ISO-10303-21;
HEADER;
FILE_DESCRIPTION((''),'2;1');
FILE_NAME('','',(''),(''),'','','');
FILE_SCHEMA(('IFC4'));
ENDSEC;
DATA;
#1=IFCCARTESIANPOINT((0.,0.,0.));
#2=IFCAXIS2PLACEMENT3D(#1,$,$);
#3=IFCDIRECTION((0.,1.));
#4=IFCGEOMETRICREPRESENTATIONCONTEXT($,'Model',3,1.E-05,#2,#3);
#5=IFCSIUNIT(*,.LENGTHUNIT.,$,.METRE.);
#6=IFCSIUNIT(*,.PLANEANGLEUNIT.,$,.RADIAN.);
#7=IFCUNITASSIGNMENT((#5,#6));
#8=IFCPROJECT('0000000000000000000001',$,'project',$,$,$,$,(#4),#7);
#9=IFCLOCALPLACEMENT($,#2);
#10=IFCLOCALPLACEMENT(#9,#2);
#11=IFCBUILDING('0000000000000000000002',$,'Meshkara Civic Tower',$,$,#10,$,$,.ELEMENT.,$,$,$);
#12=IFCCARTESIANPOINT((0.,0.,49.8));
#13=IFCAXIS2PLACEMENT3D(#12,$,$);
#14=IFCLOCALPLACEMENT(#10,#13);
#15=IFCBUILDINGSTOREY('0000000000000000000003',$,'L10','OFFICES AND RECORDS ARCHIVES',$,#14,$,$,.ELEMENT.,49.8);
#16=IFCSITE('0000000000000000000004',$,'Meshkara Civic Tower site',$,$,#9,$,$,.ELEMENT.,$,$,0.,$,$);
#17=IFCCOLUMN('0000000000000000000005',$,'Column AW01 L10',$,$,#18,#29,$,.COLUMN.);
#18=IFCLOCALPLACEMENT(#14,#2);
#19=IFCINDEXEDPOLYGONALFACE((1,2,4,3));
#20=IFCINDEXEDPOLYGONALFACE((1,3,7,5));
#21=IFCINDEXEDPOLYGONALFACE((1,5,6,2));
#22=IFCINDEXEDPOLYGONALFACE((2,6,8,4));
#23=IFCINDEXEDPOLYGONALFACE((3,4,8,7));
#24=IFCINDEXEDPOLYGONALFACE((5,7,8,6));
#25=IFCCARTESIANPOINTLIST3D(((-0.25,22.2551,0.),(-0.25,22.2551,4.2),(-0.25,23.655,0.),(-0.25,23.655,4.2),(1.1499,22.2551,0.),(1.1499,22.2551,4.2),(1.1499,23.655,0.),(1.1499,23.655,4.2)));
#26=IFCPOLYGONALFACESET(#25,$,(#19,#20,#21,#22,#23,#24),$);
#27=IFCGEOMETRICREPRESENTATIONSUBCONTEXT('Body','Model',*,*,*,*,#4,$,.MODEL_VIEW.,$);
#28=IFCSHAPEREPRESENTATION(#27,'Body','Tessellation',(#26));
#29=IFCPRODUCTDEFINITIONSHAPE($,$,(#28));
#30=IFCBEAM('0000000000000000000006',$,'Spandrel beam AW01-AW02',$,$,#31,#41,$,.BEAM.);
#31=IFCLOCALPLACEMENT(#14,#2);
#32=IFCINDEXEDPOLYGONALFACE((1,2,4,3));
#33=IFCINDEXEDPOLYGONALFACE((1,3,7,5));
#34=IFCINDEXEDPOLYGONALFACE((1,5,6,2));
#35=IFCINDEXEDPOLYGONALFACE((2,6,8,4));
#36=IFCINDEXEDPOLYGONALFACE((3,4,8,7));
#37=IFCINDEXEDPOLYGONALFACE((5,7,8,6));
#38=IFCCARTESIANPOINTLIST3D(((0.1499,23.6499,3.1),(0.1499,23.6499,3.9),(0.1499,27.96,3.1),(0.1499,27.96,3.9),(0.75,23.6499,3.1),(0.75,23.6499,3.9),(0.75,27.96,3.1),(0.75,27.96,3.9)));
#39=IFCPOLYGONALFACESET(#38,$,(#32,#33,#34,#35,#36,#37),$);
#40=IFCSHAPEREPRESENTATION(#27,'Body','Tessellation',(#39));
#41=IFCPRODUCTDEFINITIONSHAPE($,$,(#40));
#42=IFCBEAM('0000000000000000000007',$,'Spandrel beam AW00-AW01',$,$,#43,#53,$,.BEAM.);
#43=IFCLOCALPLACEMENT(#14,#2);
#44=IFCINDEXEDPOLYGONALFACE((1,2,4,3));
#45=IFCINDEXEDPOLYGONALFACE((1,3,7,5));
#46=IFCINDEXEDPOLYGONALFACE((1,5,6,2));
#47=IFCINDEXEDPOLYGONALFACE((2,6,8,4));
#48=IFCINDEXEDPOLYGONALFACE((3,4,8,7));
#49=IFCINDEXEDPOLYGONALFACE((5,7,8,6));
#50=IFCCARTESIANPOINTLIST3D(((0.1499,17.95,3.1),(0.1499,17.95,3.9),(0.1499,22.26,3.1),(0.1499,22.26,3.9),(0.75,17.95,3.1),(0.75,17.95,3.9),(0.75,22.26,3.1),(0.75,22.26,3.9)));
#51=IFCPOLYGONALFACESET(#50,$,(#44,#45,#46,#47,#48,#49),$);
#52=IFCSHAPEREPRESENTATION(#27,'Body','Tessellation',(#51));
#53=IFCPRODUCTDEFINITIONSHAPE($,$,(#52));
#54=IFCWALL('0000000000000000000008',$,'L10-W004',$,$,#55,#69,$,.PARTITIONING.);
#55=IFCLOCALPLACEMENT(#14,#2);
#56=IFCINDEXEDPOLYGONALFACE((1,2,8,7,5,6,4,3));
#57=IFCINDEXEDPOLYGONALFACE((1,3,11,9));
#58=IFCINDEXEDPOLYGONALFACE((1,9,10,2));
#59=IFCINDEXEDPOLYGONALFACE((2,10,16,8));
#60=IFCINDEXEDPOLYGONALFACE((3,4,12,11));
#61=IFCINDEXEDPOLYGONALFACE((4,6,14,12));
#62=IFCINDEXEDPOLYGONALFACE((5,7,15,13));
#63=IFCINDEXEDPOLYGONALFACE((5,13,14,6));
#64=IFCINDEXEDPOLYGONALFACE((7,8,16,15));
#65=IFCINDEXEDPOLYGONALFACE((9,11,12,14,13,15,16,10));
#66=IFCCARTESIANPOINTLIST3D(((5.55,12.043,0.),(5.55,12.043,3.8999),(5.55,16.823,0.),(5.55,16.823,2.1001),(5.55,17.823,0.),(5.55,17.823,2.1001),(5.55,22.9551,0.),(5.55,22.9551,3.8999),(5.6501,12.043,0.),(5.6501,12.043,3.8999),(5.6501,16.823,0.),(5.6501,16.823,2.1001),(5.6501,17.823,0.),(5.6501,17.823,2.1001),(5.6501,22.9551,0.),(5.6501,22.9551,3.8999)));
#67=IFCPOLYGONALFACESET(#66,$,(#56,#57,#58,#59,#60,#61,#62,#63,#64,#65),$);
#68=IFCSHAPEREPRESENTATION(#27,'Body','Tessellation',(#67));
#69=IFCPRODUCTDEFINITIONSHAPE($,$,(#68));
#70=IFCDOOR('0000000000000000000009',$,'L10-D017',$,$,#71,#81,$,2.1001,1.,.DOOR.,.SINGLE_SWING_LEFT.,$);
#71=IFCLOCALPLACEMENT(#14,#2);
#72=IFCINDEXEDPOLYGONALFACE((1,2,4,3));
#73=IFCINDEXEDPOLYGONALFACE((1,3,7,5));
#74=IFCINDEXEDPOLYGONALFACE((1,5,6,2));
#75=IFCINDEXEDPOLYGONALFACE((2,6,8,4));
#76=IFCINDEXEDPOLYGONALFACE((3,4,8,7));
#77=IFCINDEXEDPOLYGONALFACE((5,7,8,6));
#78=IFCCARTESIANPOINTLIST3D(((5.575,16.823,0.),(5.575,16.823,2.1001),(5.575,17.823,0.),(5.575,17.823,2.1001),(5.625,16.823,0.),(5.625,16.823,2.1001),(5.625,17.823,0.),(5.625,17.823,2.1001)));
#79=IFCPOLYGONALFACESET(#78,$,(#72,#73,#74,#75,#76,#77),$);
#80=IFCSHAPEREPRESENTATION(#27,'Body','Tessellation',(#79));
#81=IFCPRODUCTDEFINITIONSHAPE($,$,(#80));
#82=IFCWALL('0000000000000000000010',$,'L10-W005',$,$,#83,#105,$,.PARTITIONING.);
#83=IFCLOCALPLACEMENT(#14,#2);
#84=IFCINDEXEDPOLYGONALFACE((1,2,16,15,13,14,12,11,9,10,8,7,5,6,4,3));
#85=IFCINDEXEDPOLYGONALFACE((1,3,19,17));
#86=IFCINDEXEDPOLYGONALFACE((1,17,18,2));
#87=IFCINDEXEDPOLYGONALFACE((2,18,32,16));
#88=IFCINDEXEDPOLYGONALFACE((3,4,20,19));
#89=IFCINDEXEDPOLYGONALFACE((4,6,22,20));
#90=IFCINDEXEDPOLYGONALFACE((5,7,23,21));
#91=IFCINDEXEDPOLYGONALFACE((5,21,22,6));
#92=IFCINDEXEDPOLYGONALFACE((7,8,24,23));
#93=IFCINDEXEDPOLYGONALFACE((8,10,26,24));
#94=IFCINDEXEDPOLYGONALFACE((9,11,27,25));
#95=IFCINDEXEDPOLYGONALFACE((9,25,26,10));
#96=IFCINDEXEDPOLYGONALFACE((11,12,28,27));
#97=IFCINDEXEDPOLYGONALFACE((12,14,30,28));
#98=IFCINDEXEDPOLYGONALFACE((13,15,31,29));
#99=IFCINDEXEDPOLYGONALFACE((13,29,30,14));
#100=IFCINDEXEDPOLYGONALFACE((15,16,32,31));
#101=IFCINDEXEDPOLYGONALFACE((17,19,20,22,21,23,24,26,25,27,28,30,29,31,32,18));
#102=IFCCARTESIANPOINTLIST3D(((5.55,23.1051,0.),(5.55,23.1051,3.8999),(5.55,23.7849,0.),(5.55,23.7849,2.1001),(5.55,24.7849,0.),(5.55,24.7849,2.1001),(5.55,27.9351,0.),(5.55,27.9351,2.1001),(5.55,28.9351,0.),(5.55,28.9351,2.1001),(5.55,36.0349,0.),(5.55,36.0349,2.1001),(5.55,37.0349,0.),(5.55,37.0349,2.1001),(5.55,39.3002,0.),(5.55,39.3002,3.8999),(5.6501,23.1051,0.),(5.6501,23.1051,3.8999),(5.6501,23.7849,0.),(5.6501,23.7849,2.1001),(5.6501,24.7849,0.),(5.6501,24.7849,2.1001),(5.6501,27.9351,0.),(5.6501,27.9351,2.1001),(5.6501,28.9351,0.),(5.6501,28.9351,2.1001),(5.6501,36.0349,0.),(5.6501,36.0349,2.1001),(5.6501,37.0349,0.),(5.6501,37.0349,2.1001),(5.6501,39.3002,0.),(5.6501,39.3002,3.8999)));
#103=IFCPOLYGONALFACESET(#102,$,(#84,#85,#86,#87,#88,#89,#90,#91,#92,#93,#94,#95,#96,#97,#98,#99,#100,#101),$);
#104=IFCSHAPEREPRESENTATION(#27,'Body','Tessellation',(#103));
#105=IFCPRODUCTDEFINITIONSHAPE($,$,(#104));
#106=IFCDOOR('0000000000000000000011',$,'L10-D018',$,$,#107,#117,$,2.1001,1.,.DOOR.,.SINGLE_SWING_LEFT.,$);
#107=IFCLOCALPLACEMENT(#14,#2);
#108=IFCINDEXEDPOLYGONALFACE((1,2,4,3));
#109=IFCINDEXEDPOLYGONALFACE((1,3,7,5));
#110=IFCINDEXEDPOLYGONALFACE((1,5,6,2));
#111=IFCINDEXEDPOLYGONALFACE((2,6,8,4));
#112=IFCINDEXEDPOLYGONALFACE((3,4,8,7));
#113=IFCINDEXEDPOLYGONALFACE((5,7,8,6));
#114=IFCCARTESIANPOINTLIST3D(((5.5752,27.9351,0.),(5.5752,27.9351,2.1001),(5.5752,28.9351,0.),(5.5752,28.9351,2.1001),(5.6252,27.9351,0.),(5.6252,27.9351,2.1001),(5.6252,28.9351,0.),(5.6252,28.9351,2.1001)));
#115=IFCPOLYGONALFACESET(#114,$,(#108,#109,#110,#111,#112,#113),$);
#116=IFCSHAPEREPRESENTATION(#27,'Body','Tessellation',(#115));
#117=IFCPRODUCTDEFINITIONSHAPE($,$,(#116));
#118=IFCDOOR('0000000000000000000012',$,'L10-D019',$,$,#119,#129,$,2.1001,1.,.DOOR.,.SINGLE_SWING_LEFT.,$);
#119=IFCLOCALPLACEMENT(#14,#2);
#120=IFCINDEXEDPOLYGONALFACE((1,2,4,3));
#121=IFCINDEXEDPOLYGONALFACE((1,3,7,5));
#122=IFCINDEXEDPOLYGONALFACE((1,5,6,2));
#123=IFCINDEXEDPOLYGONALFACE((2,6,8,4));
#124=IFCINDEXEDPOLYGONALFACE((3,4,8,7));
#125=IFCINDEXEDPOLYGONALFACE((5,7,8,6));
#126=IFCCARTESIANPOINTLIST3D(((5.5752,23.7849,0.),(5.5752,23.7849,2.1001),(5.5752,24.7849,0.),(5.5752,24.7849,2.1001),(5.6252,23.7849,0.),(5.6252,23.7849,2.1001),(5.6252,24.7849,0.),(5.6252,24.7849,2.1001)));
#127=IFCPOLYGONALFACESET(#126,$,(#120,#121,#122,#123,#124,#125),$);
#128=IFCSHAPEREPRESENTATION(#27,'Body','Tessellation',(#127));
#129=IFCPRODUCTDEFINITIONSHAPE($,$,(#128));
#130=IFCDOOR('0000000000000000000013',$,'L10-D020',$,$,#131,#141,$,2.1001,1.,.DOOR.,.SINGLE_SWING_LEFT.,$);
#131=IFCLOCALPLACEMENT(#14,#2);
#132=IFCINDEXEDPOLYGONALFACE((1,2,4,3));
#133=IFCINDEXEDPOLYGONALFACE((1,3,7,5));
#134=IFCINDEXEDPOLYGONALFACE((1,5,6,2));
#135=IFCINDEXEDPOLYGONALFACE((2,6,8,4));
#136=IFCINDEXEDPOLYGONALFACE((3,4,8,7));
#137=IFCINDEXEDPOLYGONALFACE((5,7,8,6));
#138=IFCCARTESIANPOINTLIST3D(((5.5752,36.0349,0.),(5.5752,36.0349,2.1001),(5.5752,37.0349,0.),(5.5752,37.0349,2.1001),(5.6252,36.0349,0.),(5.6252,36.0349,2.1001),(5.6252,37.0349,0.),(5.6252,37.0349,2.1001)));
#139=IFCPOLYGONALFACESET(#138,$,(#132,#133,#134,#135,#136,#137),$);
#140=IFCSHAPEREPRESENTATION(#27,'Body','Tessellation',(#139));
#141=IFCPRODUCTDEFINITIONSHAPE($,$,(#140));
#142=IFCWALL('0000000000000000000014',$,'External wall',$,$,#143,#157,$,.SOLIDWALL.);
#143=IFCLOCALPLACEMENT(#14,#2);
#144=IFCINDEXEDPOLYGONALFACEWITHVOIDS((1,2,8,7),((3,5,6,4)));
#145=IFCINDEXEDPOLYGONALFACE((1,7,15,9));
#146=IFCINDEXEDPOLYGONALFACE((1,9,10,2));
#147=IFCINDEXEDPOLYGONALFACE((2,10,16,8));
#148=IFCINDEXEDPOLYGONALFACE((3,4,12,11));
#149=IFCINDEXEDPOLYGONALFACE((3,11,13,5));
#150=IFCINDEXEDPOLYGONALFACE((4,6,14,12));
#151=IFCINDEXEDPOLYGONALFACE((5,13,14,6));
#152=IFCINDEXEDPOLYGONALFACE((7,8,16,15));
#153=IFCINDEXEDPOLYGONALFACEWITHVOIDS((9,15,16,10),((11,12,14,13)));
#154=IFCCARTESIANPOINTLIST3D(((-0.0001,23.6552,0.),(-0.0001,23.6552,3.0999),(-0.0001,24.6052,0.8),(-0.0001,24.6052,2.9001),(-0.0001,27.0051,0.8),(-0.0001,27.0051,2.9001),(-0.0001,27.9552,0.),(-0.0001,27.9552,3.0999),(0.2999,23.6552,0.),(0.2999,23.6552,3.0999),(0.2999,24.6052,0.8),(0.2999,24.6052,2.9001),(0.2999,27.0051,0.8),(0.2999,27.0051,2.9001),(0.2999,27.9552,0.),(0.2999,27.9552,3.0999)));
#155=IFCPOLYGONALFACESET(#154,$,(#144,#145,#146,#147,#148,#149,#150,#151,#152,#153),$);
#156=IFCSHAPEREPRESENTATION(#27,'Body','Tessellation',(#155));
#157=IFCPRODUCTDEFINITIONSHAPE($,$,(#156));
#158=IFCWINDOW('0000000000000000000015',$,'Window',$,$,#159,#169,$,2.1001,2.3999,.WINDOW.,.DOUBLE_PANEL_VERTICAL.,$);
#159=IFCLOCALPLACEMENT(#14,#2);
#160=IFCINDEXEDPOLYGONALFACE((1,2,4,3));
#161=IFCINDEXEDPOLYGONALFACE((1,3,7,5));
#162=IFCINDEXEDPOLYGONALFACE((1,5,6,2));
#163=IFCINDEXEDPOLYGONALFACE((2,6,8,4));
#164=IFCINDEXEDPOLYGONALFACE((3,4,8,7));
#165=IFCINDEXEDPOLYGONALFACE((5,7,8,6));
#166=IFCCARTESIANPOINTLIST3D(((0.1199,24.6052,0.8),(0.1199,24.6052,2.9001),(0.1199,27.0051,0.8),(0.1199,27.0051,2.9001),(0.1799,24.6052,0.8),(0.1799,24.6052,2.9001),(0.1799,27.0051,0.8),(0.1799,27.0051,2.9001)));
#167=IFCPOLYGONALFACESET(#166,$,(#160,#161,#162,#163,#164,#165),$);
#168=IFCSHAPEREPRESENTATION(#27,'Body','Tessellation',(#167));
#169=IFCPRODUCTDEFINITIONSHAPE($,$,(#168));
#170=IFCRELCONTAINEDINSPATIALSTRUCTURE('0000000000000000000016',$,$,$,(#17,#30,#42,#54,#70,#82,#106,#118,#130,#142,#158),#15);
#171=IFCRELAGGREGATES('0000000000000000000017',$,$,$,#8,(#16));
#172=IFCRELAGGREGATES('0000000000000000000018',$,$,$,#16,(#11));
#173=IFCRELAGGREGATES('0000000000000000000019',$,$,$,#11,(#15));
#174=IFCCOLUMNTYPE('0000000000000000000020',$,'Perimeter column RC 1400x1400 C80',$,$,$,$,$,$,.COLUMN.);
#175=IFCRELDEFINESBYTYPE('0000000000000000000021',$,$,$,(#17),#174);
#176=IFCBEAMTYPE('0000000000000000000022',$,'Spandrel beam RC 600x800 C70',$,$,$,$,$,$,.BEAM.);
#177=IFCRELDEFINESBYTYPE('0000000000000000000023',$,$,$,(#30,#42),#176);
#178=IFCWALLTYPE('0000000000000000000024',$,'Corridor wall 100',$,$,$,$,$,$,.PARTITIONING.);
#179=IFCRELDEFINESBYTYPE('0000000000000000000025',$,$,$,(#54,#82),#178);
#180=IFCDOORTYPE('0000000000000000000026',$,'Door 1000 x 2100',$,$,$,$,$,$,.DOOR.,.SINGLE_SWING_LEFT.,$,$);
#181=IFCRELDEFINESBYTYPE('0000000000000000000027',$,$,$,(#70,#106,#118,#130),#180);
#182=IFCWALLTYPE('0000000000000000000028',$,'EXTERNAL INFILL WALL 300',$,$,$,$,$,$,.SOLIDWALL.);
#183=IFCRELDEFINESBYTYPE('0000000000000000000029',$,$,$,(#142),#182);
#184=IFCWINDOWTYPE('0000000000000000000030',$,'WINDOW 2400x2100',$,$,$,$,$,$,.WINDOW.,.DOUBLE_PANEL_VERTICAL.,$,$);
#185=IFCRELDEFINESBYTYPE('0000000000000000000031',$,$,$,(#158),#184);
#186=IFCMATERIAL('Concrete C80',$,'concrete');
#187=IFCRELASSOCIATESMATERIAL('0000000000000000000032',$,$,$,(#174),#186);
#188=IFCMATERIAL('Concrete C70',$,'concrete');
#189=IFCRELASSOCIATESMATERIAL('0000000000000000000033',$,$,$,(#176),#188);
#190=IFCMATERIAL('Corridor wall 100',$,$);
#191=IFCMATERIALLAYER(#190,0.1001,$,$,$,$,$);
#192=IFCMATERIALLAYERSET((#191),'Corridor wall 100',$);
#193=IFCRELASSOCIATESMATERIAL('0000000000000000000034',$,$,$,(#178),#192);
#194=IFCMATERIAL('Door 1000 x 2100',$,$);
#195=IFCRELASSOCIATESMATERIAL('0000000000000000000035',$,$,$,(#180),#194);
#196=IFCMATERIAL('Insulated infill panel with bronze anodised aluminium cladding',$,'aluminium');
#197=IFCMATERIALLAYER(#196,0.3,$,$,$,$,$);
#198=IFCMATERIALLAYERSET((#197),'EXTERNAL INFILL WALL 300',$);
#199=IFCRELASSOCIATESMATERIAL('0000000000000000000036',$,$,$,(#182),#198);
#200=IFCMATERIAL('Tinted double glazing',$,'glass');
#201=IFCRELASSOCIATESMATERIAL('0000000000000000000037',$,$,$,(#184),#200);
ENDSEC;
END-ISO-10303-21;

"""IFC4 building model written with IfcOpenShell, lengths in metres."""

from ifc_helpers import new_model, si_unit, direction, frame, frame_2d, origin, origin_2d, place, context, subcontext, project, spatial, rectangle, extrude, material, layer, layer_set, material_profile, profile_set, type_object, element, fill, save


model = new_model("IFC4")

# Units and contexts
model_context = context("Model", 3, precision=1e-05, world=origin(), true_north=direction((0.0, 1.0)))
body_context = subcontext(model_context, "Body", "Model", "MODEL_VIEW")
ifc_project = project(units=[si_unit("LENGTHUNIT", "METRE"), si_unit("PLANEANGLEUNIT", "RADIAN")], contexts=[model_context])

# Site, building, storey
site_placement = place(None, origin())
site = spatial("IfcSite", under=ifc_project, at=site_placement, Name="Meshkara Civic Tower site", CompositionType="ELEMENT", RefElevation=0.0)
building_placement = place(site_placement, origin())
building = spatial("IfcBuilding", under=site, at=building_placement, Name="Meshkara Civic Tower", CompositionType="ELEMENT")
storey_placement = place(building_placement, frame((0.0, 0.0, 49.8)))
storey = spatial("IfcBuildingStorey", under=building, at=storey_placement, Name="L10", Description="OFFICES AND RECORDS ARCHIVES", CompositionType="ELEMENT", Elevation=49.8)

# Column
ifc_material_1 = material(Name="Concrete C80", Category="concrete")
ifc_material_profile_1 = material_profile(ifc_material_1, rectangle(XDim=1.3999, YDim=1.3999, at=origin_2d()))
ifc_profile_set_1 = profile_set([ifc_material_profile_1], Name="Concrete C80")
column_type = type_object("IfcColumnType", Name="Perimeter column RC 1400x1400 C80", PredefinedType="COLUMN", material=ifc_profile_set_1)
column_placement = place(storey_placement, frame((0.45, 22.9551, 0.0), z_axis=(0.0, 0.0, 1.0), x_axis=(1.0, 0.0, 0.0)))
element("IfcColumn", 1, at=column_placement, inside=storey, type_object=column_type, Name="Column AW01 L10", PredefinedType="COLUMN", context=body_context, shape_type="SweptSolid", body=[
    extrude(rectangle(XDim=1.3999, YDim=1.3999, at=origin_2d()), origin(), (0.0, 0.0, 1.0), 4.2),
])

# Beams
ifc_material_2 = material(Name="Concrete C70", Category="concrete")
ifc_material_profile_2 = material_profile(ifc_material_2, rectangle(XDim=0.6001, YDim=0.8, at=origin_2d()))
ifc_profile_set_2 = profile_set([ifc_material_profile_2], Name="Concrete C70")
beam_type = type_object("IfcBeamType", Name="Spandrel beam RC 600x800 C70", PredefinedType="BEAM", material=ifc_profile_set_2)
for number, where, z_axis, x_axis, name in (
    (2, (0.45, 27.96, 3.5), (0.0, -1.0, 0.0), (1.0, 0.0, 0.0), "Spandrel beam AW01-AW02"),
    (3, (0.45, 22.26, 3.5), (0.0, -1.0, 0.0), (1.0, 0.0, 0.0), "Spandrel beam AW00-AW01"),
):
    element("IfcBeam", number, at=place(storey_placement, frame(where, z_axis=z_axis, x_axis=x_axis)), inside=storey, type_object=beam_type, Name=name, PredefinedType="BEAM", context=body_context, shape_type="SweptSolid", body=[
        extrude(rectangle(XDim=0.6001, YDim=0.8, at=origin_2d()), origin(), (0.0, 0.0, 1.0), 4.3101),
    ])

# Wall, opening, door
ifc_material_3 = material(Name="Corridor wall 100")
ifc_layer_1 = layer(ifc_material_3, 0.1001)
ifc_layer_set_1 = layer_set([ifc_layer_1], Name="Corridor wall 100")
wall_type_1 = type_object("IfcWallType", Name="Corridor wall 100", PredefinedType="PARTITIONING", material=ifc_layer_set_1)
wall_1_placement = place(storey_placement, frame((5.6001, 22.9551, 0.0), z_axis=(0.0, 0.0, 1.0), x_axis=(0.0, -1.0, 0.0)))
wall_1 = element("IfcWall", 4, at=wall_1_placement, inside=storey, type_object=wall_type_1, Name="L10-W004", PredefinedType="PARTITIONING", context=body_context, shape_type="SweptSolid", body=[
    extrude(rectangle(XDim=10.9121, YDim=0.1001, at=frame_2d((5.4561, 0.0))), origin(), (0.0, 0.0, 1.0), 3.8999),
])
opening_1_placement = place(wall_1_placement, frame((5.1321, 0.0, 0.0)))
opening_1 = element("IfcOpeningElement", 5, at=opening_1_placement, cuts=wall_1, PredefinedType="OPENING", context=body_context, shape_type="SweptSolid", body=[
    extrude(rectangle(XDim=1.0, YDim=2.1001, at=frame_2d((0.5, 1.05))), frame((0.0, 0.0601, 0.0), z_axis=(0.0, -1.0, 0.0), x_axis=(1.0, 0.0, 0.0)), (0.0, 0.0, 1.0), 0.1201),
])
ifc_material_4 = material(Name="Door 1000 x 2100")
door_type = type_object("IfcDoorType", Name="Door 1000 x 2100", OperationType="SINGLE_SWING_LEFT", PredefinedType="DOOR", material=ifc_material_4)
door_1_placement = place(opening_1_placement, origin())
door_1 = element("IfcDoor", 6, at=door_1_placement, inside=storey, type_object=door_type, Name="L10-D017", OperationType="SINGLE_SWING_LEFT", OverallHeight=2.1001, OverallWidth=1.0, PredefinedType="DOOR", context=body_context, shape_type="SweptSolid", body=[
    extrude(rectangle(XDim=1.0, YDim=2.1001, at=frame_2d((0.5, 1.05))), frame((0.0, 0.0249, 0.0), z_axis=(0.0, -1.0, 0.0), x_axis=(1.0, 0.0, 0.0)), (0.0, 0.0, 1.0), 0.05),
])
fill(opening_1, door_1)

# Wall, openings, doors
wall_2_placement = place(storey_placement, frame((5.6001, 23.105, 0.0), z_axis=(0.0, 0.0, 1.0), x_axis=(0.0, 1.0, 0.0)))
wall_2 = element("IfcWall", 7, at=wall_2_placement, inside=storey, type_object=wall_type_1, Name="L10-W005", PredefinedType="PARTITIONING", context=body_context, shape_type="SweptSolid", body=[
    extrude(rectangle(XDim=16.1951, YDim=0.1001, at=frame_2d((8.0977, 0.0))), origin(), (0.0, 0.0, 1.0), 3.8999),
])
opening_2_placement = place(wall_2_placement, frame((4.8301, 0.0, 0.0)))
opening_2 = element("IfcOpeningElement", 8, at=opening_2_placement, cuts=wall_2, PredefinedType="OPENING", context=body_context, shape_type="SweptSolid", body=[
    extrude(rectangle(XDim=1.0, YDim=2.1001, at=frame_2d((0.5, 1.05))), frame((0.0, 0.0601, 0.0), z_axis=(0.0, -1.0, 0.0), x_axis=(1.0, 0.0, 0.0)), (0.0, 0.0, 1.0), 0.1201),
])
opening_3_placement = place(wall_2_placement, frame((0.6799, 0.0, 0.0)))
opening_3 = element("IfcOpeningElement", 9, at=opening_3_placement, cuts=wall_2, PredefinedType="OPENING", context=body_context, shape_type="SweptSolid", body=[
    extrude(rectangle(XDim=1.0, YDim=2.1001, at=frame_2d((0.5, 1.05))), frame((0.0, 0.0601, 0.0), z_axis=(0.0, -1.0, 0.0), x_axis=(1.0, 0.0, 0.0)), (0.0, 0.0, 1.0), 0.1201),
])
opening_4_placement = place(wall_2_placement, frame((12.9299, 0.0, 0.0)))
opening_4 = element("IfcOpeningElement", 10, at=opening_4_placement, cuts=wall_2, PredefinedType="OPENING", context=body_context, shape_type="SweptSolid", body=[
    extrude(rectangle(XDim=1.0, YDim=2.1001, at=frame_2d((0.5, 1.05))), frame((0.0, 0.0601, 0.0), z_axis=(0.0, -1.0, 0.0), x_axis=(1.0, 0.0, 0.0)), (0.0, 0.0, 1.0), 0.1201),
])
door_2_placement = place(opening_2_placement, origin())
door_2 = element("IfcDoor", 11, at=door_2_placement, inside=storey, type_object=door_type, Name="L10-D018", OperationType="SINGLE_SWING_LEFT", OverallHeight=2.1001, OverallWidth=1.0, PredefinedType="DOOR", context=body_context, shape_type="SweptSolid", body=[
    extrude(rectangle(XDim=1.0, YDim=2.1001, at=frame_2d((0.5, 1.05))), frame((0.0, 0.0249, 0.0), z_axis=(0.0, -1.0, 0.0), x_axis=(1.0, 0.0, 0.0)), (0.0, 0.0, 1.0), 0.05),
])
fill(opening_2, door_2)
door_3_placement = place(opening_3_placement, origin())
door_3 = element("IfcDoor", 12, at=door_3_placement, inside=storey, type_object=door_type, Name="L10-D019", OperationType="SINGLE_SWING_LEFT", OverallHeight=2.1001, OverallWidth=1.0, PredefinedType="DOOR", context=body_context, shape_type="SweptSolid", body=[
    extrude(rectangle(XDim=1.0, YDim=2.1001, at=frame_2d((0.5, 1.05))), frame((0.0, 0.0249, 0.0), z_axis=(0.0, -1.0, 0.0), x_axis=(1.0, 0.0, 0.0)), (0.0, 0.0, 1.0), 0.05),
])
fill(opening_3, door_3)
door_4_placement = place(opening_4_placement, origin())
door_4 = element("IfcDoor", 13, at=door_4_placement, inside=storey, type_object=door_type, Name="L10-D020", OperationType="SINGLE_SWING_LEFT", OverallHeight=2.1001, OverallWidth=1.0, PredefinedType="DOOR", context=body_context, shape_type="SweptSolid", body=[
    extrude(rectangle(XDim=1.0, YDim=2.1001, at=frame_2d((0.5, 1.05))), frame((0.0, 0.0249, 0.0), z_axis=(0.0, -1.0, 0.0), x_axis=(1.0, 0.0, 0.0)), (0.0, 0.0, 1.0), 0.05),
])
fill(opening_4, door_4)

# Wall, opening, window
ifc_material_5 = material(Name="Insulated infill panel with bronze anodised aluminium cladding", Category="aluminium")
ifc_layer_2 = layer(ifc_material_5, 0.3)
ifc_layer_set_2 = layer_set([ifc_layer_2], Name="EXTERNAL INFILL WALL 300")
wall_type_2 = type_object("IfcWallType", Name="EXTERNAL INFILL WALL 300", PredefinedType="SOLIDWALL", material=ifc_layer_set_2)
wall_3_placement = place(storey_placement, frame((0.1499, 27.9551, 0.0), z_axis=(0.0, 0.0, 1.0), x_axis=(0.0, -1.0, 0.0)))
wall_3 = element("IfcWall", 14, at=wall_3_placement, inside=storey, type_object=wall_type_2, Name="External wall", PredefinedType="SOLIDWALL", context=body_context, shape_type="SweptSolid", body=[
    extrude(rectangle(XDim=4.3, YDim=0.3, at=frame_2d((2.1499, 0.0))), origin(), (0.0, 0.0, 1.0), 3.0999),
])
opening_5_placement = place(wall_3_placement, frame((0.95, 0.0, 0.8)))
opening_5 = element("IfcOpeningElement", 15, at=opening_5_placement, cuts=wall_3, PredefinedType="OPENING", context=body_context, shape_type="SweptSolid", body=[
    extrude(rectangle(XDim=2.3999, YDim=2.1001, at=frame_2d((1.2, 1.05))), frame((0.0, 0.1599, 0.0), z_axis=(0.0, -1.0, 0.0), x_axis=(1.0, 0.0, 0.0)), (0.0, 0.0, 1.0), 0.3201),
])
ifc_material_6 = material(Name="Tinted double glazing", Category="glass")
window_type = type_object("IfcWindowType", Name="WINDOW 2400x2100", PartitioningType="DOUBLE_PANEL_VERTICAL", PredefinedType="WINDOW", material=ifc_material_6)
window_placement = place(opening_5_placement, origin())
window = element("IfcWindow", 16, at=window_placement, inside=storey, type_object=window_type, Name="Window", OverallHeight=2.1001, OverallWidth=2.3999, PartitioningType="DOUBLE_PANEL_VERTICAL", PredefinedType="WINDOW", context=body_context, shape_type="SweptSolid", body=[
    extrude(rectangle(XDim=2.3999, YDim=2.1001, at=frame_2d((1.2, 1.05))), frame((0.0, 0.03, 0.0), z_axis=(0.0, -1.0, 0.0), x_axis=(1.0, 0.0, 0.0)), (0.0, 0.0, 1.0), 0.0601),
])
fill(opening_5, window)

save(model, "model.ifc")
